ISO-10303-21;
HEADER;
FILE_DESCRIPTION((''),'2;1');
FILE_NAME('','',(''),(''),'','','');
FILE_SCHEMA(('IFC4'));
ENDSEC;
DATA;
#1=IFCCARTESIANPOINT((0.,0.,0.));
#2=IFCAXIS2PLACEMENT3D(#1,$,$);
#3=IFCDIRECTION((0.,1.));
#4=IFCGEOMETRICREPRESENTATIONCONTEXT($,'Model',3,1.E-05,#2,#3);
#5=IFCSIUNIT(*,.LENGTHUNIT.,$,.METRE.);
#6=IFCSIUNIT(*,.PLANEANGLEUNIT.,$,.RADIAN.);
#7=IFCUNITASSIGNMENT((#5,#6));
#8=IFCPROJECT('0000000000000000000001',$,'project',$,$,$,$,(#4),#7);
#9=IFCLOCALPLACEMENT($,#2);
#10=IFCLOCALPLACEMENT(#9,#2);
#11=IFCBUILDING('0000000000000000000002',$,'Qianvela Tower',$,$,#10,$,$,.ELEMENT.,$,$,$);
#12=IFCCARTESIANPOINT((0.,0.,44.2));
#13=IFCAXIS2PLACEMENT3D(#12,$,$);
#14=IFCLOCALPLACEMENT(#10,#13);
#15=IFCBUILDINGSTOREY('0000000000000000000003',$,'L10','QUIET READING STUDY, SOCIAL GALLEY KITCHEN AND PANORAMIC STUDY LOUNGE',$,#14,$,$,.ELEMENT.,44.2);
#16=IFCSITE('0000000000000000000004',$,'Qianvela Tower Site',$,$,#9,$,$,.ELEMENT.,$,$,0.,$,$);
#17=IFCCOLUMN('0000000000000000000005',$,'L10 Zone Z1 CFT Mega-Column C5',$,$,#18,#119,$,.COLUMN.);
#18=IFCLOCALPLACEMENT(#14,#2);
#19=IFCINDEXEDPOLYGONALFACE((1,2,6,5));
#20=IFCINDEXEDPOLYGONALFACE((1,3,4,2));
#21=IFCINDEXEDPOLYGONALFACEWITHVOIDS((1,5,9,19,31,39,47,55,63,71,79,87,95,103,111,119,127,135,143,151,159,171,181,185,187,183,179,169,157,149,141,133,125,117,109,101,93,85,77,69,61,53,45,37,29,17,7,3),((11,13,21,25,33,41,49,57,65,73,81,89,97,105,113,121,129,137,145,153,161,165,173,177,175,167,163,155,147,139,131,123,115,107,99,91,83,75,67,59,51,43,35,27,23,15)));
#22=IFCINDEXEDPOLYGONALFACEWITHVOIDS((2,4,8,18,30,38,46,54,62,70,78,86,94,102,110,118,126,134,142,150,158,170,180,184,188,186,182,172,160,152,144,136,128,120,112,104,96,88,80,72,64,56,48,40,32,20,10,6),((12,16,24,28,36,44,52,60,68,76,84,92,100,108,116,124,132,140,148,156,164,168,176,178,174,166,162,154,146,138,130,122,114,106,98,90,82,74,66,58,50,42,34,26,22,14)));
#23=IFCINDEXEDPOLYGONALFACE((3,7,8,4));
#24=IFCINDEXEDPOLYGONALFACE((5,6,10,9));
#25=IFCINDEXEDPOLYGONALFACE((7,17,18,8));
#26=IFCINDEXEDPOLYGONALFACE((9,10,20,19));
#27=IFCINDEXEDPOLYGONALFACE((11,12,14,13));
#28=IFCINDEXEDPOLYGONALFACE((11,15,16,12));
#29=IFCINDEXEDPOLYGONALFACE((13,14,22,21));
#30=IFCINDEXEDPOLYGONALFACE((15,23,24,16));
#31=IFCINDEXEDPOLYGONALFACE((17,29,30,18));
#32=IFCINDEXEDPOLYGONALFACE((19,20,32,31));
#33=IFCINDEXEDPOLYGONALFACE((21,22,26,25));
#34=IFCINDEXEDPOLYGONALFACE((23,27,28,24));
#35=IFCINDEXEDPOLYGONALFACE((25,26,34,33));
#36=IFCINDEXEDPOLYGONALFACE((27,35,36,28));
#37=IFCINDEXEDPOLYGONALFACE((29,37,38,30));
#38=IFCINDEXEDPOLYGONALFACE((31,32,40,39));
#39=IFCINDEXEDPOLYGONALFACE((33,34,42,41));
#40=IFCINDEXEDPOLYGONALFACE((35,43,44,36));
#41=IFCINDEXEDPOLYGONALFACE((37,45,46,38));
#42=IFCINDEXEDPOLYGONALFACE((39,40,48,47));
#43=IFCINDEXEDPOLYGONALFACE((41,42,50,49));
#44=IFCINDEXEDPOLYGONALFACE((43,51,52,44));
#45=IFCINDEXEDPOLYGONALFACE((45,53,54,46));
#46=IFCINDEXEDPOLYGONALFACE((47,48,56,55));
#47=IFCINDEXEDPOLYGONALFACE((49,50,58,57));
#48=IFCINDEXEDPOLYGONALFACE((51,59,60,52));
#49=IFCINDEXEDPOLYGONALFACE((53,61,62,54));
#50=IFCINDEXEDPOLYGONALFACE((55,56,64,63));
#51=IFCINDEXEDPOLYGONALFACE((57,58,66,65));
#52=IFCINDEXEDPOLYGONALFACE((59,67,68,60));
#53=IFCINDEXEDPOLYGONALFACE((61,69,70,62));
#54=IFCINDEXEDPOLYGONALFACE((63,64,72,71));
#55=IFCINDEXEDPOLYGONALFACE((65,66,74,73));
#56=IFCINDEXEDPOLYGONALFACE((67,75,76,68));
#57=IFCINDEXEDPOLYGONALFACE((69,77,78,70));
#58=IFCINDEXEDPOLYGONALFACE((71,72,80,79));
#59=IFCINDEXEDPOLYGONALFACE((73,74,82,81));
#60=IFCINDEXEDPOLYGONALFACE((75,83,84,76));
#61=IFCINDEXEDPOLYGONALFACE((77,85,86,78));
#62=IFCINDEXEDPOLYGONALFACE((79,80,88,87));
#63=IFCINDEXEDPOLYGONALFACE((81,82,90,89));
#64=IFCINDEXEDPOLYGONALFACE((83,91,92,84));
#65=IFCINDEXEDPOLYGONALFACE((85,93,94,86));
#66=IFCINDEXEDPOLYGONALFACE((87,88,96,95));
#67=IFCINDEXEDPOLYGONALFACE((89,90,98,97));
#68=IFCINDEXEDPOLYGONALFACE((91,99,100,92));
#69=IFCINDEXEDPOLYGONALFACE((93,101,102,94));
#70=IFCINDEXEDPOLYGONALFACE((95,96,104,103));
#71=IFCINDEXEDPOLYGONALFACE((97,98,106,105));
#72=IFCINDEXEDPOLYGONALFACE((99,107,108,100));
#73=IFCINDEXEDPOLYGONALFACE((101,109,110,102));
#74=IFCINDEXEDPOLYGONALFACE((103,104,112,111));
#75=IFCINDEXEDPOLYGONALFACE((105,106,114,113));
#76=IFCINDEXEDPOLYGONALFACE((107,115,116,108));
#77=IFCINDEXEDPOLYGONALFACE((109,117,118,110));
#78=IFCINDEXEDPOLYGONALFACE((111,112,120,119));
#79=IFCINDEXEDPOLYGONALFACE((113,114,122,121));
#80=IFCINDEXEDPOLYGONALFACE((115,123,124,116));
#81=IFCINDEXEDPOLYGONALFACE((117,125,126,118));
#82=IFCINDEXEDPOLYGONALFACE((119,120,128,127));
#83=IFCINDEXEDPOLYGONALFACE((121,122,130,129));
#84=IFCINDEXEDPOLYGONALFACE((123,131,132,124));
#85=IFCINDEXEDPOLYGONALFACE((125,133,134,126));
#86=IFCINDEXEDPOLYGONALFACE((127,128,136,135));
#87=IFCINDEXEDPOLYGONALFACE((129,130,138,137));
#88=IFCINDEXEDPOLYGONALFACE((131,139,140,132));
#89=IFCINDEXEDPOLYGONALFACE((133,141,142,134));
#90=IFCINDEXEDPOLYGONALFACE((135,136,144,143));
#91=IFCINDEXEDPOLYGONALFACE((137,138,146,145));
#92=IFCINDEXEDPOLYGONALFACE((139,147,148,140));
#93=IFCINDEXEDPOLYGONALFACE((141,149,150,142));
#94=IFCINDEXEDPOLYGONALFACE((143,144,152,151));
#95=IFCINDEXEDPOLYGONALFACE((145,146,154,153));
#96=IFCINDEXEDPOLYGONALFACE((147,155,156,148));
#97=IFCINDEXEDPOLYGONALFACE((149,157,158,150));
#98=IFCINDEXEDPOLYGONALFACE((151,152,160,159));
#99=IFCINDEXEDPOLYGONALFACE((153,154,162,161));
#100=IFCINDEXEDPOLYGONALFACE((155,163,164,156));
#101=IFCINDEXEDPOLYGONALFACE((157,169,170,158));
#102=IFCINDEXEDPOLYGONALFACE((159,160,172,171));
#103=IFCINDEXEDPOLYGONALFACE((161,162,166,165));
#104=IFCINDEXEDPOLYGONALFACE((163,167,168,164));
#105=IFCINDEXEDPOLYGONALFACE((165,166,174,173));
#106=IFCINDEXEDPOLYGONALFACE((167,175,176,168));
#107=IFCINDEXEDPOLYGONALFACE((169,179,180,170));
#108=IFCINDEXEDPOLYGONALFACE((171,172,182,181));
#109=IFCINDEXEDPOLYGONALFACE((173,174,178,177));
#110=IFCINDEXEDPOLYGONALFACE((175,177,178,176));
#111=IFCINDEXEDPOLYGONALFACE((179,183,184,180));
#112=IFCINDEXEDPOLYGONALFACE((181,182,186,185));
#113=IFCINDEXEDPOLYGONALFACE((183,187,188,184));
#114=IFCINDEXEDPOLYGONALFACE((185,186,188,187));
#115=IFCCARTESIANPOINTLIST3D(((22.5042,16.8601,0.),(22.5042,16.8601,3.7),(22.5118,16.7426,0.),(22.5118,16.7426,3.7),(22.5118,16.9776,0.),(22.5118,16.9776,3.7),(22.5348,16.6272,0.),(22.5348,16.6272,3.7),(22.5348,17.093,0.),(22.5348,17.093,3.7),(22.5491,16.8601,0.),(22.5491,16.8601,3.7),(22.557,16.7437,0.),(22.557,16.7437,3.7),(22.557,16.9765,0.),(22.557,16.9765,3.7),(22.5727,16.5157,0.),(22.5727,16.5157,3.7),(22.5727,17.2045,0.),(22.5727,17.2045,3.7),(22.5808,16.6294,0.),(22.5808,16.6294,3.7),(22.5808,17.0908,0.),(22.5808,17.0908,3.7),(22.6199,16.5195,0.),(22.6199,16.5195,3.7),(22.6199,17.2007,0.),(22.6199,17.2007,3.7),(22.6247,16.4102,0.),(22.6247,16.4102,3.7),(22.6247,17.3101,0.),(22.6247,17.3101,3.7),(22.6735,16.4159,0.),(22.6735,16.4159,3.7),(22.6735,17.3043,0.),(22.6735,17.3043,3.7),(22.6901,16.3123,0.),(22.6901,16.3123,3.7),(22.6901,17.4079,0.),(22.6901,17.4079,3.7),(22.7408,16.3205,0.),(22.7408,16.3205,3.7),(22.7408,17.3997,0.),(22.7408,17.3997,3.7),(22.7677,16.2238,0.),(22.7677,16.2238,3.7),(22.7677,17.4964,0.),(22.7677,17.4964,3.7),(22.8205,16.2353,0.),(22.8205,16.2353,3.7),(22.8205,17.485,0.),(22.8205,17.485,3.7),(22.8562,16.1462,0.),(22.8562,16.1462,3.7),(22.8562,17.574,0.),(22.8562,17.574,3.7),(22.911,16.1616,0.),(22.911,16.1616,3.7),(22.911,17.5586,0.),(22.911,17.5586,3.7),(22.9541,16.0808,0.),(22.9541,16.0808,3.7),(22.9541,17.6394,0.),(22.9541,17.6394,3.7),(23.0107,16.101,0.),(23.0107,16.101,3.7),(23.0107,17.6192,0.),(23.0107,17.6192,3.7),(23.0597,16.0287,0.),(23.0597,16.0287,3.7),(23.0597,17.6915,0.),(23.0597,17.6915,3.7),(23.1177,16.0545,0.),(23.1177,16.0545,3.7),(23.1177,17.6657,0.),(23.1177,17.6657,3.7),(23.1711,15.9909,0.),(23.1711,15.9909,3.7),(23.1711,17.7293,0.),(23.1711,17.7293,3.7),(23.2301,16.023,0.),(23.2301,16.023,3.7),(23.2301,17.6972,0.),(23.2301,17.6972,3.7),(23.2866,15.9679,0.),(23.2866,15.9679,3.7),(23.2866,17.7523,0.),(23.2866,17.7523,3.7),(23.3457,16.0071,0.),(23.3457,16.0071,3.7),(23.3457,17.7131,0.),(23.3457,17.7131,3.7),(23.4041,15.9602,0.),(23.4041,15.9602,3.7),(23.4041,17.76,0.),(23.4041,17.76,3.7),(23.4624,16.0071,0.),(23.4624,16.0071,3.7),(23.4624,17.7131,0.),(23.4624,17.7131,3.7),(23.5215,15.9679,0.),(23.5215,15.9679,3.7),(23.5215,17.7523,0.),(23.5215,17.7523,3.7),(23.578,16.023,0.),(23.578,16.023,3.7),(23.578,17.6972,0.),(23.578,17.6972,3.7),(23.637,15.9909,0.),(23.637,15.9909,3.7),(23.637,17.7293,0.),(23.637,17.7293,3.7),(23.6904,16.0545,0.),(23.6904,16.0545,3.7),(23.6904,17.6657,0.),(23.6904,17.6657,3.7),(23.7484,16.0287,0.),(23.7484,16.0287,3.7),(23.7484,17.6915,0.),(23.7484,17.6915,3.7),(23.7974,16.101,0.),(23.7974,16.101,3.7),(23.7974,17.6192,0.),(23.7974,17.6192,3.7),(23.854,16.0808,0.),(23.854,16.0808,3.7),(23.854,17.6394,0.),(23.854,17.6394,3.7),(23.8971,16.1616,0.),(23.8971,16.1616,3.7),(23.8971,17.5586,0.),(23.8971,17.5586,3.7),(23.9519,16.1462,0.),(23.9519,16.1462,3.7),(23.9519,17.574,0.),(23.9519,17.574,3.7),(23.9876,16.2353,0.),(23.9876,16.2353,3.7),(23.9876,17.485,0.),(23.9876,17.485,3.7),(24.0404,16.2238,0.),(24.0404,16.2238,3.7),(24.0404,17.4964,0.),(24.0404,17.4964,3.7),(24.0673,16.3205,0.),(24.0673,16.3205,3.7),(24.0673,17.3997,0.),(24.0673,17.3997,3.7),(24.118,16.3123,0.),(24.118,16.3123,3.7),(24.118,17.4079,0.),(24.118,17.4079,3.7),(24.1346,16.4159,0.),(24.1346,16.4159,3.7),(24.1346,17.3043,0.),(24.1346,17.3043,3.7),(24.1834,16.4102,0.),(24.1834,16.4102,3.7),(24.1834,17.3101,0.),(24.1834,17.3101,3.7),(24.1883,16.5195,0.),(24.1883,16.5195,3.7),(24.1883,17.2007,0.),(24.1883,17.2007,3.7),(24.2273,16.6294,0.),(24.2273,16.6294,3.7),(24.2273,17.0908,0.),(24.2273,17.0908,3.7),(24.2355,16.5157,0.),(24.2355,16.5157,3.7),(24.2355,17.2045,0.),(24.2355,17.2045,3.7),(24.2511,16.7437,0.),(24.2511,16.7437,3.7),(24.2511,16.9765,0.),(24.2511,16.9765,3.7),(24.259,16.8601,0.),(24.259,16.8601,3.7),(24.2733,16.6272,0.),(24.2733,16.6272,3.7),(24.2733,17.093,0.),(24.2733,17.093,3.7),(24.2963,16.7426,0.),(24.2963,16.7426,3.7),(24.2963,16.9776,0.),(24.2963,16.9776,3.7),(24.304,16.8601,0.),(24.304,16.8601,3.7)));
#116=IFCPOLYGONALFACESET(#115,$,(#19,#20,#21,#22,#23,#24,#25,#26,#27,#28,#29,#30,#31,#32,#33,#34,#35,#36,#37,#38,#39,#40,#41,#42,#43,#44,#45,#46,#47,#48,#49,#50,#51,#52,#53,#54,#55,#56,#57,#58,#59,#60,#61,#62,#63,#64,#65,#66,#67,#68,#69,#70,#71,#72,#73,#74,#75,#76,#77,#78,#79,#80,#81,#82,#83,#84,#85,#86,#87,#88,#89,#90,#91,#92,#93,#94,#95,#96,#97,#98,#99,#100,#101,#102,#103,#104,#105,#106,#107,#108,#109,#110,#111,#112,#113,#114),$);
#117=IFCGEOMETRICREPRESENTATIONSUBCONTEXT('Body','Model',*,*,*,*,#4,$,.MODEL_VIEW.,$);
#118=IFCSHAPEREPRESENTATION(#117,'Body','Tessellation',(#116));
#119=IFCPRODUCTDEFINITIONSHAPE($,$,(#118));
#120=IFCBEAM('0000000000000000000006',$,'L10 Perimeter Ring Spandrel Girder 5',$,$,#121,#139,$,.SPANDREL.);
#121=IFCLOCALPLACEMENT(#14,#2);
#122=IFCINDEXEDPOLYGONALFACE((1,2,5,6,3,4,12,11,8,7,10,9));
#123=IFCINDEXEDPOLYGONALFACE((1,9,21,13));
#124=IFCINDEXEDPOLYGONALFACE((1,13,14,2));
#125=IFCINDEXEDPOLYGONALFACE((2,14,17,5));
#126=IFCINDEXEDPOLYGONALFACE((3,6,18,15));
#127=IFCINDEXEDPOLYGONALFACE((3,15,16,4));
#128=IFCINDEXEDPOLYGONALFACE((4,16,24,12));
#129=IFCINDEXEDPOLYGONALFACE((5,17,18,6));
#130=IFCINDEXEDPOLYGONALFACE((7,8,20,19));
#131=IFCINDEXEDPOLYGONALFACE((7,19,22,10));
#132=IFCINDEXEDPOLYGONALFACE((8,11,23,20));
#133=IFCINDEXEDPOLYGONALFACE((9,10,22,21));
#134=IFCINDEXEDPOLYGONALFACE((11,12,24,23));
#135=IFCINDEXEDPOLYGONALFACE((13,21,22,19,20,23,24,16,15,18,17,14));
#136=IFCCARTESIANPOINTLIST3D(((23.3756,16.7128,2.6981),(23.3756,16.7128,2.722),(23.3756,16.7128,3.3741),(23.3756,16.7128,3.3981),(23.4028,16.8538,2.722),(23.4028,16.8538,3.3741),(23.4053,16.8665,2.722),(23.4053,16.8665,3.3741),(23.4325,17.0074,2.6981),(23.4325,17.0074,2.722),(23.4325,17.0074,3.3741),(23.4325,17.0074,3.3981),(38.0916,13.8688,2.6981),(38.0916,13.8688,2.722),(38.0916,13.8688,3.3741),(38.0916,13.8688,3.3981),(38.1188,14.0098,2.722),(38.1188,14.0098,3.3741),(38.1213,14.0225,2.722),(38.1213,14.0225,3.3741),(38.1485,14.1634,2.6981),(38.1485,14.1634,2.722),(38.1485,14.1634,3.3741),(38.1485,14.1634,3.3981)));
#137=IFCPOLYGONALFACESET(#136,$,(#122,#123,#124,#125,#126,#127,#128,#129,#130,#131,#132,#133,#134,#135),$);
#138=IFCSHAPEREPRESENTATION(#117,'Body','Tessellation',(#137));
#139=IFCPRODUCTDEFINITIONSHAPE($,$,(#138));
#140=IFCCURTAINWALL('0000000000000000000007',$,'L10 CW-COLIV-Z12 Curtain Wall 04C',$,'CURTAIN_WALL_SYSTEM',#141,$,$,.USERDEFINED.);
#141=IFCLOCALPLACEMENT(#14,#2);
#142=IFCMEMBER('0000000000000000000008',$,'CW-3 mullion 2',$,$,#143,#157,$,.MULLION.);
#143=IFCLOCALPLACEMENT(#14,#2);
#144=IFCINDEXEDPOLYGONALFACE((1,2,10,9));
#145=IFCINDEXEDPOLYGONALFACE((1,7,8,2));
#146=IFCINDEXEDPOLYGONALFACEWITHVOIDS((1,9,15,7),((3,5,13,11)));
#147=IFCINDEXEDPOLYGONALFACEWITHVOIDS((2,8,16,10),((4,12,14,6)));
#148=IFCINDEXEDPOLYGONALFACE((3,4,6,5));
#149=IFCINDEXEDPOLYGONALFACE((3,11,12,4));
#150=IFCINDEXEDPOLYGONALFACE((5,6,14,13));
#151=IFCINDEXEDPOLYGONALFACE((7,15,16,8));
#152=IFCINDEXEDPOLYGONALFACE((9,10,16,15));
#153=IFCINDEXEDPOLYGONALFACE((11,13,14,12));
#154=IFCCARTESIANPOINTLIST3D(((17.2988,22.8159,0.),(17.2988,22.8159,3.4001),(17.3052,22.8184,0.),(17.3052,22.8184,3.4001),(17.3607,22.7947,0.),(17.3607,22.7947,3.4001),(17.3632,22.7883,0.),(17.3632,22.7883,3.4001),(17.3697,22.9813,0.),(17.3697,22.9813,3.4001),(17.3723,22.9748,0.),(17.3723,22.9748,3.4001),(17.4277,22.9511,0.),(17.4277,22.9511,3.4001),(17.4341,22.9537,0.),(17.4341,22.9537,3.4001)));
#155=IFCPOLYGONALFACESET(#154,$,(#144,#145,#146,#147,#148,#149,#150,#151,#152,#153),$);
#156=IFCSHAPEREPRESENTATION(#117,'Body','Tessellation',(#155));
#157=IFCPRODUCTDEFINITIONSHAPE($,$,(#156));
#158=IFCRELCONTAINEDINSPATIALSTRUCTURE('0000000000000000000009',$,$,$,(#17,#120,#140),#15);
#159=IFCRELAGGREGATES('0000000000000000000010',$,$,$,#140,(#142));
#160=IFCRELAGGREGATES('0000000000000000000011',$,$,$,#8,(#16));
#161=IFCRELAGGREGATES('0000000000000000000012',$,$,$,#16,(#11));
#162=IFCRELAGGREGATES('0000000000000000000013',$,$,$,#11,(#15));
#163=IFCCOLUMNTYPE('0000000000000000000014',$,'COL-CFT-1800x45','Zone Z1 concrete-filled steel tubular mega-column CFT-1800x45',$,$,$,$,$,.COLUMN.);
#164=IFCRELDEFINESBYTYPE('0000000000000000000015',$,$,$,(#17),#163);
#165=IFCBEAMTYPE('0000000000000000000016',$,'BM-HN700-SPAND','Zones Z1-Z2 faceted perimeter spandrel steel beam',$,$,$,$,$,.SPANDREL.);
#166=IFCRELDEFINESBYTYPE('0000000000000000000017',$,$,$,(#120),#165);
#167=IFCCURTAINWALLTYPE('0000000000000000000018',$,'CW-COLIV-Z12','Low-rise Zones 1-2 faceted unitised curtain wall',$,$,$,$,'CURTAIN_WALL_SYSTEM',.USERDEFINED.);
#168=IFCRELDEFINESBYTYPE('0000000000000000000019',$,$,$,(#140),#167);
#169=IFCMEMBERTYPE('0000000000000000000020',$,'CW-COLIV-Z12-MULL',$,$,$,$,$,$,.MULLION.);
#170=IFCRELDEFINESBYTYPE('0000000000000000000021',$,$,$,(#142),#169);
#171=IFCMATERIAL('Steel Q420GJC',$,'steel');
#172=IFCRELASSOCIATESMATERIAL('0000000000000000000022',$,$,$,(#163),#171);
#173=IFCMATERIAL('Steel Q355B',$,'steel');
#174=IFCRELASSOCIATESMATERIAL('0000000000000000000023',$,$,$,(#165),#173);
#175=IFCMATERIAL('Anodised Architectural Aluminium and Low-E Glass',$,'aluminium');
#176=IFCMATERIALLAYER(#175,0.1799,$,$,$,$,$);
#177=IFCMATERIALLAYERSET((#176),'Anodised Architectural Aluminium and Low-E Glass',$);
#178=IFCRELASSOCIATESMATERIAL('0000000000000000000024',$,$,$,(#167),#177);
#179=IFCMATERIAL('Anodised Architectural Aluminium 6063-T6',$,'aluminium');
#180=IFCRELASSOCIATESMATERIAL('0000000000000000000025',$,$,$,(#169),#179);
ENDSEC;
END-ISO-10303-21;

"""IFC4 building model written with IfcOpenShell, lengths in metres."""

from ifc_helpers import new_model, si_unit, direction, frame, origin, origin_2d, place, context, subcontext, project, spatial, hollow_rectangle, hollow_circle, i_section, extrude, material, layer, layer_set, material_profile, profile_set, type_object, element, aggregate, save


model = new_model("IFC4")

# Units and contexts
model_context = context("Model", 3, precision=1e-05, world=origin(), true_north=direction((0.0, 1.0)))
body_context = subcontext(model_context, "Body", "Model", "MODEL_VIEW")
ifc_project = project(units=[si_unit("LENGTHUNIT", "METRE"), si_unit("PLANEANGLEUNIT", "RADIAN")], contexts=[model_context])

# Site, building, storey
site_placement = place(None, origin())
site = spatial("IfcSite", under=ifc_project, at=site_placement, Name="Qianvela Tower Site", CompositionType="ELEMENT", RefElevation=0.0)
building_placement = place(site_placement, origin())
building = spatial("IfcBuilding", under=site, at=building_placement, Name="Qianvela Tower", CompositionType="ELEMENT")
storey_placement = place(building_placement, frame((0.0, 0.0, 44.2)))
storey = spatial("IfcBuildingStorey", under=building, at=storey_placement, Name="L10", Description="QUIET READING STUDY, SOCIAL GALLEY KITCHEN AND PANORAMIC STUDY LOUNGE", CompositionType="ELEMENT", Elevation=44.2)

# Column
ifc_material_1 = material(Name="Steel Q420GJC", Category="steel")
ifc_material_profile_1 = material_profile(ifc_material_1, hollow_circle(Radius=0.8999, WallThickness=0.0449, at=origin_2d()), Name="CFT-1800x45")
ifc_profile_set_1 = profile_set([ifc_material_profile_1], Name="Steel Q420GJC")
column_type = type_object("IfcColumnType", Name="COL-CFT-1800x45", Description="Zone Z1 concrete-filled steel tubular mega-column CFT-1800x45", PredefinedType="COLUMN", material=ifc_profile_set_1)
column_placement = place(storey_placement, frame((23.4041, 16.8601, 0.0), z_axis=(0.0, 0.0, 1.0), x_axis=(1.0, 0.0, 0.0)))
element("IfcColumn", 1, at=column_placement, inside=storey, type_object=column_type, Name="L10 Zone Z1 CFT Mega-Column C5", PredefinedType="COLUMN", context=body_context, shape_type="SweptSolid", body=[
    extrude(hollow_circle(Radius=0.8999, WallThickness=0.0449, at=origin_2d()), origin(), (0.0, 0.0, 1.0), 3.7),
])

# Beam
ifc_material_2 = material(Name="Steel Q355B", Category="steel")
ifc_material_profile_2 = material_profile(ifc_material_2, i_section(OverallWidth=0.3, OverallDepth=0.7, WebThickness=0.0129, FlangeThickness=0.0239, at=origin_2d()), Name="HN700x300x13x24")
ifc_profile_set_2 = profile_set([ifc_material_profile_2], Name="Steel Q355B")
beam_type = type_object("IfcBeamType", Name="BM-HN700-SPAND", Description="Zones Z1-Z2 faceted perimeter spandrel steel beam", PredefinedType="SPANDREL", material=ifc_profile_set_2)
beam_placement = place(storey_placement, frame((23.4041, 16.8601, 3.0481), z_axis=(0.981833, -0.189747, 0.0), x_axis=(0.189747, 0.981833, 0.0)))
element("IfcBeam", 2, at=beam_placement, inside=storey, type_object=beam_type, Name="L10 Perimeter Ring Spandrel Girder 5", PredefinedType="SPANDREL", context=body_context, shape_type="SweptSolid", body=[
    extrude(i_section(OverallWidth=0.3, OverallDepth=0.7, WebThickness=0.0129, FlangeThickness=0.0239, at=origin_2d()), origin(), (0.0, 0.0, 1.0), 14.9883),
])

# Curtain wall, member
ifc_material_3 = material(Name="Anodised Architectural Aluminium and Low-E Glass", Category="aluminium")
ifc_layer_1 = layer(ifc_material_3, 0.1799)
ifc_layer_set_1 = layer_set([ifc_layer_1], Name="Anodised Architectural Aluminium and Low-E Glass")
curtain_wall_type = type_object("IfcCurtainWallType", Name="CW-COLIV-Z12", Description="Low-rise Zones 1-2 faceted unitised curtain wall", ElementType="CURTAIN_WALL_SYSTEM", PredefinedType="USERDEFINED", material=ifc_layer_set_1)
curtain_wall_placement = place(storey_placement, origin())
curtain_wall = element("IfcCurtainWall", 3, at=curtain_wall_placement, inside=storey, type_object=curtain_wall_type, Name="L10 CW-COLIV-Z12 Curtain Wall 04C", ObjectType="CURTAIN_WALL_SYSTEM", PredefinedType="USERDEFINED")
ifc_material_4 = material(Name="Anodised Architectural Aluminium 6063-T6", Category="aluminium")
ifc_material_profile_3 = material_profile(ifc_material_4, hollow_rectangle(XDim=0.0701, YDim=0.1799, WallThickness=0.0049, at=origin_2d()), Name="ALU-MULL-70x180")
ifc_profile_set_3 = profile_set([ifc_material_profile_3], Name="Anodised Architectural Aluminium 6063-T6")
member_type = type_object("IfcMemberType", Name="CW-COLIV-Z12-MULL", PredefinedType="MULLION", material=ifc_profile_set_3)
member_placement = place(storey_placement, frame((17.3665, 22.8848, 0.0), z_axis=(0.0, 0.0, 1.0), x_axis=(0.919136, -0.393941, 0.0)))
member = element("IfcMember", 4, at=member_placement, type_object=member_type, Name="CW-3 mullion 2", PredefinedType="MULLION", context=body_context, shape_type="SweptSolid", body=[
    extrude(hollow_rectangle(XDim=0.0701, YDim=0.1799, WallThickness=0.0049, at=origin_2d()), origin(), (0.0, 0.0, 1.0), 3.4001),
])
aggregate(curtain_wall, [member])

save(model, "model.ifc")
